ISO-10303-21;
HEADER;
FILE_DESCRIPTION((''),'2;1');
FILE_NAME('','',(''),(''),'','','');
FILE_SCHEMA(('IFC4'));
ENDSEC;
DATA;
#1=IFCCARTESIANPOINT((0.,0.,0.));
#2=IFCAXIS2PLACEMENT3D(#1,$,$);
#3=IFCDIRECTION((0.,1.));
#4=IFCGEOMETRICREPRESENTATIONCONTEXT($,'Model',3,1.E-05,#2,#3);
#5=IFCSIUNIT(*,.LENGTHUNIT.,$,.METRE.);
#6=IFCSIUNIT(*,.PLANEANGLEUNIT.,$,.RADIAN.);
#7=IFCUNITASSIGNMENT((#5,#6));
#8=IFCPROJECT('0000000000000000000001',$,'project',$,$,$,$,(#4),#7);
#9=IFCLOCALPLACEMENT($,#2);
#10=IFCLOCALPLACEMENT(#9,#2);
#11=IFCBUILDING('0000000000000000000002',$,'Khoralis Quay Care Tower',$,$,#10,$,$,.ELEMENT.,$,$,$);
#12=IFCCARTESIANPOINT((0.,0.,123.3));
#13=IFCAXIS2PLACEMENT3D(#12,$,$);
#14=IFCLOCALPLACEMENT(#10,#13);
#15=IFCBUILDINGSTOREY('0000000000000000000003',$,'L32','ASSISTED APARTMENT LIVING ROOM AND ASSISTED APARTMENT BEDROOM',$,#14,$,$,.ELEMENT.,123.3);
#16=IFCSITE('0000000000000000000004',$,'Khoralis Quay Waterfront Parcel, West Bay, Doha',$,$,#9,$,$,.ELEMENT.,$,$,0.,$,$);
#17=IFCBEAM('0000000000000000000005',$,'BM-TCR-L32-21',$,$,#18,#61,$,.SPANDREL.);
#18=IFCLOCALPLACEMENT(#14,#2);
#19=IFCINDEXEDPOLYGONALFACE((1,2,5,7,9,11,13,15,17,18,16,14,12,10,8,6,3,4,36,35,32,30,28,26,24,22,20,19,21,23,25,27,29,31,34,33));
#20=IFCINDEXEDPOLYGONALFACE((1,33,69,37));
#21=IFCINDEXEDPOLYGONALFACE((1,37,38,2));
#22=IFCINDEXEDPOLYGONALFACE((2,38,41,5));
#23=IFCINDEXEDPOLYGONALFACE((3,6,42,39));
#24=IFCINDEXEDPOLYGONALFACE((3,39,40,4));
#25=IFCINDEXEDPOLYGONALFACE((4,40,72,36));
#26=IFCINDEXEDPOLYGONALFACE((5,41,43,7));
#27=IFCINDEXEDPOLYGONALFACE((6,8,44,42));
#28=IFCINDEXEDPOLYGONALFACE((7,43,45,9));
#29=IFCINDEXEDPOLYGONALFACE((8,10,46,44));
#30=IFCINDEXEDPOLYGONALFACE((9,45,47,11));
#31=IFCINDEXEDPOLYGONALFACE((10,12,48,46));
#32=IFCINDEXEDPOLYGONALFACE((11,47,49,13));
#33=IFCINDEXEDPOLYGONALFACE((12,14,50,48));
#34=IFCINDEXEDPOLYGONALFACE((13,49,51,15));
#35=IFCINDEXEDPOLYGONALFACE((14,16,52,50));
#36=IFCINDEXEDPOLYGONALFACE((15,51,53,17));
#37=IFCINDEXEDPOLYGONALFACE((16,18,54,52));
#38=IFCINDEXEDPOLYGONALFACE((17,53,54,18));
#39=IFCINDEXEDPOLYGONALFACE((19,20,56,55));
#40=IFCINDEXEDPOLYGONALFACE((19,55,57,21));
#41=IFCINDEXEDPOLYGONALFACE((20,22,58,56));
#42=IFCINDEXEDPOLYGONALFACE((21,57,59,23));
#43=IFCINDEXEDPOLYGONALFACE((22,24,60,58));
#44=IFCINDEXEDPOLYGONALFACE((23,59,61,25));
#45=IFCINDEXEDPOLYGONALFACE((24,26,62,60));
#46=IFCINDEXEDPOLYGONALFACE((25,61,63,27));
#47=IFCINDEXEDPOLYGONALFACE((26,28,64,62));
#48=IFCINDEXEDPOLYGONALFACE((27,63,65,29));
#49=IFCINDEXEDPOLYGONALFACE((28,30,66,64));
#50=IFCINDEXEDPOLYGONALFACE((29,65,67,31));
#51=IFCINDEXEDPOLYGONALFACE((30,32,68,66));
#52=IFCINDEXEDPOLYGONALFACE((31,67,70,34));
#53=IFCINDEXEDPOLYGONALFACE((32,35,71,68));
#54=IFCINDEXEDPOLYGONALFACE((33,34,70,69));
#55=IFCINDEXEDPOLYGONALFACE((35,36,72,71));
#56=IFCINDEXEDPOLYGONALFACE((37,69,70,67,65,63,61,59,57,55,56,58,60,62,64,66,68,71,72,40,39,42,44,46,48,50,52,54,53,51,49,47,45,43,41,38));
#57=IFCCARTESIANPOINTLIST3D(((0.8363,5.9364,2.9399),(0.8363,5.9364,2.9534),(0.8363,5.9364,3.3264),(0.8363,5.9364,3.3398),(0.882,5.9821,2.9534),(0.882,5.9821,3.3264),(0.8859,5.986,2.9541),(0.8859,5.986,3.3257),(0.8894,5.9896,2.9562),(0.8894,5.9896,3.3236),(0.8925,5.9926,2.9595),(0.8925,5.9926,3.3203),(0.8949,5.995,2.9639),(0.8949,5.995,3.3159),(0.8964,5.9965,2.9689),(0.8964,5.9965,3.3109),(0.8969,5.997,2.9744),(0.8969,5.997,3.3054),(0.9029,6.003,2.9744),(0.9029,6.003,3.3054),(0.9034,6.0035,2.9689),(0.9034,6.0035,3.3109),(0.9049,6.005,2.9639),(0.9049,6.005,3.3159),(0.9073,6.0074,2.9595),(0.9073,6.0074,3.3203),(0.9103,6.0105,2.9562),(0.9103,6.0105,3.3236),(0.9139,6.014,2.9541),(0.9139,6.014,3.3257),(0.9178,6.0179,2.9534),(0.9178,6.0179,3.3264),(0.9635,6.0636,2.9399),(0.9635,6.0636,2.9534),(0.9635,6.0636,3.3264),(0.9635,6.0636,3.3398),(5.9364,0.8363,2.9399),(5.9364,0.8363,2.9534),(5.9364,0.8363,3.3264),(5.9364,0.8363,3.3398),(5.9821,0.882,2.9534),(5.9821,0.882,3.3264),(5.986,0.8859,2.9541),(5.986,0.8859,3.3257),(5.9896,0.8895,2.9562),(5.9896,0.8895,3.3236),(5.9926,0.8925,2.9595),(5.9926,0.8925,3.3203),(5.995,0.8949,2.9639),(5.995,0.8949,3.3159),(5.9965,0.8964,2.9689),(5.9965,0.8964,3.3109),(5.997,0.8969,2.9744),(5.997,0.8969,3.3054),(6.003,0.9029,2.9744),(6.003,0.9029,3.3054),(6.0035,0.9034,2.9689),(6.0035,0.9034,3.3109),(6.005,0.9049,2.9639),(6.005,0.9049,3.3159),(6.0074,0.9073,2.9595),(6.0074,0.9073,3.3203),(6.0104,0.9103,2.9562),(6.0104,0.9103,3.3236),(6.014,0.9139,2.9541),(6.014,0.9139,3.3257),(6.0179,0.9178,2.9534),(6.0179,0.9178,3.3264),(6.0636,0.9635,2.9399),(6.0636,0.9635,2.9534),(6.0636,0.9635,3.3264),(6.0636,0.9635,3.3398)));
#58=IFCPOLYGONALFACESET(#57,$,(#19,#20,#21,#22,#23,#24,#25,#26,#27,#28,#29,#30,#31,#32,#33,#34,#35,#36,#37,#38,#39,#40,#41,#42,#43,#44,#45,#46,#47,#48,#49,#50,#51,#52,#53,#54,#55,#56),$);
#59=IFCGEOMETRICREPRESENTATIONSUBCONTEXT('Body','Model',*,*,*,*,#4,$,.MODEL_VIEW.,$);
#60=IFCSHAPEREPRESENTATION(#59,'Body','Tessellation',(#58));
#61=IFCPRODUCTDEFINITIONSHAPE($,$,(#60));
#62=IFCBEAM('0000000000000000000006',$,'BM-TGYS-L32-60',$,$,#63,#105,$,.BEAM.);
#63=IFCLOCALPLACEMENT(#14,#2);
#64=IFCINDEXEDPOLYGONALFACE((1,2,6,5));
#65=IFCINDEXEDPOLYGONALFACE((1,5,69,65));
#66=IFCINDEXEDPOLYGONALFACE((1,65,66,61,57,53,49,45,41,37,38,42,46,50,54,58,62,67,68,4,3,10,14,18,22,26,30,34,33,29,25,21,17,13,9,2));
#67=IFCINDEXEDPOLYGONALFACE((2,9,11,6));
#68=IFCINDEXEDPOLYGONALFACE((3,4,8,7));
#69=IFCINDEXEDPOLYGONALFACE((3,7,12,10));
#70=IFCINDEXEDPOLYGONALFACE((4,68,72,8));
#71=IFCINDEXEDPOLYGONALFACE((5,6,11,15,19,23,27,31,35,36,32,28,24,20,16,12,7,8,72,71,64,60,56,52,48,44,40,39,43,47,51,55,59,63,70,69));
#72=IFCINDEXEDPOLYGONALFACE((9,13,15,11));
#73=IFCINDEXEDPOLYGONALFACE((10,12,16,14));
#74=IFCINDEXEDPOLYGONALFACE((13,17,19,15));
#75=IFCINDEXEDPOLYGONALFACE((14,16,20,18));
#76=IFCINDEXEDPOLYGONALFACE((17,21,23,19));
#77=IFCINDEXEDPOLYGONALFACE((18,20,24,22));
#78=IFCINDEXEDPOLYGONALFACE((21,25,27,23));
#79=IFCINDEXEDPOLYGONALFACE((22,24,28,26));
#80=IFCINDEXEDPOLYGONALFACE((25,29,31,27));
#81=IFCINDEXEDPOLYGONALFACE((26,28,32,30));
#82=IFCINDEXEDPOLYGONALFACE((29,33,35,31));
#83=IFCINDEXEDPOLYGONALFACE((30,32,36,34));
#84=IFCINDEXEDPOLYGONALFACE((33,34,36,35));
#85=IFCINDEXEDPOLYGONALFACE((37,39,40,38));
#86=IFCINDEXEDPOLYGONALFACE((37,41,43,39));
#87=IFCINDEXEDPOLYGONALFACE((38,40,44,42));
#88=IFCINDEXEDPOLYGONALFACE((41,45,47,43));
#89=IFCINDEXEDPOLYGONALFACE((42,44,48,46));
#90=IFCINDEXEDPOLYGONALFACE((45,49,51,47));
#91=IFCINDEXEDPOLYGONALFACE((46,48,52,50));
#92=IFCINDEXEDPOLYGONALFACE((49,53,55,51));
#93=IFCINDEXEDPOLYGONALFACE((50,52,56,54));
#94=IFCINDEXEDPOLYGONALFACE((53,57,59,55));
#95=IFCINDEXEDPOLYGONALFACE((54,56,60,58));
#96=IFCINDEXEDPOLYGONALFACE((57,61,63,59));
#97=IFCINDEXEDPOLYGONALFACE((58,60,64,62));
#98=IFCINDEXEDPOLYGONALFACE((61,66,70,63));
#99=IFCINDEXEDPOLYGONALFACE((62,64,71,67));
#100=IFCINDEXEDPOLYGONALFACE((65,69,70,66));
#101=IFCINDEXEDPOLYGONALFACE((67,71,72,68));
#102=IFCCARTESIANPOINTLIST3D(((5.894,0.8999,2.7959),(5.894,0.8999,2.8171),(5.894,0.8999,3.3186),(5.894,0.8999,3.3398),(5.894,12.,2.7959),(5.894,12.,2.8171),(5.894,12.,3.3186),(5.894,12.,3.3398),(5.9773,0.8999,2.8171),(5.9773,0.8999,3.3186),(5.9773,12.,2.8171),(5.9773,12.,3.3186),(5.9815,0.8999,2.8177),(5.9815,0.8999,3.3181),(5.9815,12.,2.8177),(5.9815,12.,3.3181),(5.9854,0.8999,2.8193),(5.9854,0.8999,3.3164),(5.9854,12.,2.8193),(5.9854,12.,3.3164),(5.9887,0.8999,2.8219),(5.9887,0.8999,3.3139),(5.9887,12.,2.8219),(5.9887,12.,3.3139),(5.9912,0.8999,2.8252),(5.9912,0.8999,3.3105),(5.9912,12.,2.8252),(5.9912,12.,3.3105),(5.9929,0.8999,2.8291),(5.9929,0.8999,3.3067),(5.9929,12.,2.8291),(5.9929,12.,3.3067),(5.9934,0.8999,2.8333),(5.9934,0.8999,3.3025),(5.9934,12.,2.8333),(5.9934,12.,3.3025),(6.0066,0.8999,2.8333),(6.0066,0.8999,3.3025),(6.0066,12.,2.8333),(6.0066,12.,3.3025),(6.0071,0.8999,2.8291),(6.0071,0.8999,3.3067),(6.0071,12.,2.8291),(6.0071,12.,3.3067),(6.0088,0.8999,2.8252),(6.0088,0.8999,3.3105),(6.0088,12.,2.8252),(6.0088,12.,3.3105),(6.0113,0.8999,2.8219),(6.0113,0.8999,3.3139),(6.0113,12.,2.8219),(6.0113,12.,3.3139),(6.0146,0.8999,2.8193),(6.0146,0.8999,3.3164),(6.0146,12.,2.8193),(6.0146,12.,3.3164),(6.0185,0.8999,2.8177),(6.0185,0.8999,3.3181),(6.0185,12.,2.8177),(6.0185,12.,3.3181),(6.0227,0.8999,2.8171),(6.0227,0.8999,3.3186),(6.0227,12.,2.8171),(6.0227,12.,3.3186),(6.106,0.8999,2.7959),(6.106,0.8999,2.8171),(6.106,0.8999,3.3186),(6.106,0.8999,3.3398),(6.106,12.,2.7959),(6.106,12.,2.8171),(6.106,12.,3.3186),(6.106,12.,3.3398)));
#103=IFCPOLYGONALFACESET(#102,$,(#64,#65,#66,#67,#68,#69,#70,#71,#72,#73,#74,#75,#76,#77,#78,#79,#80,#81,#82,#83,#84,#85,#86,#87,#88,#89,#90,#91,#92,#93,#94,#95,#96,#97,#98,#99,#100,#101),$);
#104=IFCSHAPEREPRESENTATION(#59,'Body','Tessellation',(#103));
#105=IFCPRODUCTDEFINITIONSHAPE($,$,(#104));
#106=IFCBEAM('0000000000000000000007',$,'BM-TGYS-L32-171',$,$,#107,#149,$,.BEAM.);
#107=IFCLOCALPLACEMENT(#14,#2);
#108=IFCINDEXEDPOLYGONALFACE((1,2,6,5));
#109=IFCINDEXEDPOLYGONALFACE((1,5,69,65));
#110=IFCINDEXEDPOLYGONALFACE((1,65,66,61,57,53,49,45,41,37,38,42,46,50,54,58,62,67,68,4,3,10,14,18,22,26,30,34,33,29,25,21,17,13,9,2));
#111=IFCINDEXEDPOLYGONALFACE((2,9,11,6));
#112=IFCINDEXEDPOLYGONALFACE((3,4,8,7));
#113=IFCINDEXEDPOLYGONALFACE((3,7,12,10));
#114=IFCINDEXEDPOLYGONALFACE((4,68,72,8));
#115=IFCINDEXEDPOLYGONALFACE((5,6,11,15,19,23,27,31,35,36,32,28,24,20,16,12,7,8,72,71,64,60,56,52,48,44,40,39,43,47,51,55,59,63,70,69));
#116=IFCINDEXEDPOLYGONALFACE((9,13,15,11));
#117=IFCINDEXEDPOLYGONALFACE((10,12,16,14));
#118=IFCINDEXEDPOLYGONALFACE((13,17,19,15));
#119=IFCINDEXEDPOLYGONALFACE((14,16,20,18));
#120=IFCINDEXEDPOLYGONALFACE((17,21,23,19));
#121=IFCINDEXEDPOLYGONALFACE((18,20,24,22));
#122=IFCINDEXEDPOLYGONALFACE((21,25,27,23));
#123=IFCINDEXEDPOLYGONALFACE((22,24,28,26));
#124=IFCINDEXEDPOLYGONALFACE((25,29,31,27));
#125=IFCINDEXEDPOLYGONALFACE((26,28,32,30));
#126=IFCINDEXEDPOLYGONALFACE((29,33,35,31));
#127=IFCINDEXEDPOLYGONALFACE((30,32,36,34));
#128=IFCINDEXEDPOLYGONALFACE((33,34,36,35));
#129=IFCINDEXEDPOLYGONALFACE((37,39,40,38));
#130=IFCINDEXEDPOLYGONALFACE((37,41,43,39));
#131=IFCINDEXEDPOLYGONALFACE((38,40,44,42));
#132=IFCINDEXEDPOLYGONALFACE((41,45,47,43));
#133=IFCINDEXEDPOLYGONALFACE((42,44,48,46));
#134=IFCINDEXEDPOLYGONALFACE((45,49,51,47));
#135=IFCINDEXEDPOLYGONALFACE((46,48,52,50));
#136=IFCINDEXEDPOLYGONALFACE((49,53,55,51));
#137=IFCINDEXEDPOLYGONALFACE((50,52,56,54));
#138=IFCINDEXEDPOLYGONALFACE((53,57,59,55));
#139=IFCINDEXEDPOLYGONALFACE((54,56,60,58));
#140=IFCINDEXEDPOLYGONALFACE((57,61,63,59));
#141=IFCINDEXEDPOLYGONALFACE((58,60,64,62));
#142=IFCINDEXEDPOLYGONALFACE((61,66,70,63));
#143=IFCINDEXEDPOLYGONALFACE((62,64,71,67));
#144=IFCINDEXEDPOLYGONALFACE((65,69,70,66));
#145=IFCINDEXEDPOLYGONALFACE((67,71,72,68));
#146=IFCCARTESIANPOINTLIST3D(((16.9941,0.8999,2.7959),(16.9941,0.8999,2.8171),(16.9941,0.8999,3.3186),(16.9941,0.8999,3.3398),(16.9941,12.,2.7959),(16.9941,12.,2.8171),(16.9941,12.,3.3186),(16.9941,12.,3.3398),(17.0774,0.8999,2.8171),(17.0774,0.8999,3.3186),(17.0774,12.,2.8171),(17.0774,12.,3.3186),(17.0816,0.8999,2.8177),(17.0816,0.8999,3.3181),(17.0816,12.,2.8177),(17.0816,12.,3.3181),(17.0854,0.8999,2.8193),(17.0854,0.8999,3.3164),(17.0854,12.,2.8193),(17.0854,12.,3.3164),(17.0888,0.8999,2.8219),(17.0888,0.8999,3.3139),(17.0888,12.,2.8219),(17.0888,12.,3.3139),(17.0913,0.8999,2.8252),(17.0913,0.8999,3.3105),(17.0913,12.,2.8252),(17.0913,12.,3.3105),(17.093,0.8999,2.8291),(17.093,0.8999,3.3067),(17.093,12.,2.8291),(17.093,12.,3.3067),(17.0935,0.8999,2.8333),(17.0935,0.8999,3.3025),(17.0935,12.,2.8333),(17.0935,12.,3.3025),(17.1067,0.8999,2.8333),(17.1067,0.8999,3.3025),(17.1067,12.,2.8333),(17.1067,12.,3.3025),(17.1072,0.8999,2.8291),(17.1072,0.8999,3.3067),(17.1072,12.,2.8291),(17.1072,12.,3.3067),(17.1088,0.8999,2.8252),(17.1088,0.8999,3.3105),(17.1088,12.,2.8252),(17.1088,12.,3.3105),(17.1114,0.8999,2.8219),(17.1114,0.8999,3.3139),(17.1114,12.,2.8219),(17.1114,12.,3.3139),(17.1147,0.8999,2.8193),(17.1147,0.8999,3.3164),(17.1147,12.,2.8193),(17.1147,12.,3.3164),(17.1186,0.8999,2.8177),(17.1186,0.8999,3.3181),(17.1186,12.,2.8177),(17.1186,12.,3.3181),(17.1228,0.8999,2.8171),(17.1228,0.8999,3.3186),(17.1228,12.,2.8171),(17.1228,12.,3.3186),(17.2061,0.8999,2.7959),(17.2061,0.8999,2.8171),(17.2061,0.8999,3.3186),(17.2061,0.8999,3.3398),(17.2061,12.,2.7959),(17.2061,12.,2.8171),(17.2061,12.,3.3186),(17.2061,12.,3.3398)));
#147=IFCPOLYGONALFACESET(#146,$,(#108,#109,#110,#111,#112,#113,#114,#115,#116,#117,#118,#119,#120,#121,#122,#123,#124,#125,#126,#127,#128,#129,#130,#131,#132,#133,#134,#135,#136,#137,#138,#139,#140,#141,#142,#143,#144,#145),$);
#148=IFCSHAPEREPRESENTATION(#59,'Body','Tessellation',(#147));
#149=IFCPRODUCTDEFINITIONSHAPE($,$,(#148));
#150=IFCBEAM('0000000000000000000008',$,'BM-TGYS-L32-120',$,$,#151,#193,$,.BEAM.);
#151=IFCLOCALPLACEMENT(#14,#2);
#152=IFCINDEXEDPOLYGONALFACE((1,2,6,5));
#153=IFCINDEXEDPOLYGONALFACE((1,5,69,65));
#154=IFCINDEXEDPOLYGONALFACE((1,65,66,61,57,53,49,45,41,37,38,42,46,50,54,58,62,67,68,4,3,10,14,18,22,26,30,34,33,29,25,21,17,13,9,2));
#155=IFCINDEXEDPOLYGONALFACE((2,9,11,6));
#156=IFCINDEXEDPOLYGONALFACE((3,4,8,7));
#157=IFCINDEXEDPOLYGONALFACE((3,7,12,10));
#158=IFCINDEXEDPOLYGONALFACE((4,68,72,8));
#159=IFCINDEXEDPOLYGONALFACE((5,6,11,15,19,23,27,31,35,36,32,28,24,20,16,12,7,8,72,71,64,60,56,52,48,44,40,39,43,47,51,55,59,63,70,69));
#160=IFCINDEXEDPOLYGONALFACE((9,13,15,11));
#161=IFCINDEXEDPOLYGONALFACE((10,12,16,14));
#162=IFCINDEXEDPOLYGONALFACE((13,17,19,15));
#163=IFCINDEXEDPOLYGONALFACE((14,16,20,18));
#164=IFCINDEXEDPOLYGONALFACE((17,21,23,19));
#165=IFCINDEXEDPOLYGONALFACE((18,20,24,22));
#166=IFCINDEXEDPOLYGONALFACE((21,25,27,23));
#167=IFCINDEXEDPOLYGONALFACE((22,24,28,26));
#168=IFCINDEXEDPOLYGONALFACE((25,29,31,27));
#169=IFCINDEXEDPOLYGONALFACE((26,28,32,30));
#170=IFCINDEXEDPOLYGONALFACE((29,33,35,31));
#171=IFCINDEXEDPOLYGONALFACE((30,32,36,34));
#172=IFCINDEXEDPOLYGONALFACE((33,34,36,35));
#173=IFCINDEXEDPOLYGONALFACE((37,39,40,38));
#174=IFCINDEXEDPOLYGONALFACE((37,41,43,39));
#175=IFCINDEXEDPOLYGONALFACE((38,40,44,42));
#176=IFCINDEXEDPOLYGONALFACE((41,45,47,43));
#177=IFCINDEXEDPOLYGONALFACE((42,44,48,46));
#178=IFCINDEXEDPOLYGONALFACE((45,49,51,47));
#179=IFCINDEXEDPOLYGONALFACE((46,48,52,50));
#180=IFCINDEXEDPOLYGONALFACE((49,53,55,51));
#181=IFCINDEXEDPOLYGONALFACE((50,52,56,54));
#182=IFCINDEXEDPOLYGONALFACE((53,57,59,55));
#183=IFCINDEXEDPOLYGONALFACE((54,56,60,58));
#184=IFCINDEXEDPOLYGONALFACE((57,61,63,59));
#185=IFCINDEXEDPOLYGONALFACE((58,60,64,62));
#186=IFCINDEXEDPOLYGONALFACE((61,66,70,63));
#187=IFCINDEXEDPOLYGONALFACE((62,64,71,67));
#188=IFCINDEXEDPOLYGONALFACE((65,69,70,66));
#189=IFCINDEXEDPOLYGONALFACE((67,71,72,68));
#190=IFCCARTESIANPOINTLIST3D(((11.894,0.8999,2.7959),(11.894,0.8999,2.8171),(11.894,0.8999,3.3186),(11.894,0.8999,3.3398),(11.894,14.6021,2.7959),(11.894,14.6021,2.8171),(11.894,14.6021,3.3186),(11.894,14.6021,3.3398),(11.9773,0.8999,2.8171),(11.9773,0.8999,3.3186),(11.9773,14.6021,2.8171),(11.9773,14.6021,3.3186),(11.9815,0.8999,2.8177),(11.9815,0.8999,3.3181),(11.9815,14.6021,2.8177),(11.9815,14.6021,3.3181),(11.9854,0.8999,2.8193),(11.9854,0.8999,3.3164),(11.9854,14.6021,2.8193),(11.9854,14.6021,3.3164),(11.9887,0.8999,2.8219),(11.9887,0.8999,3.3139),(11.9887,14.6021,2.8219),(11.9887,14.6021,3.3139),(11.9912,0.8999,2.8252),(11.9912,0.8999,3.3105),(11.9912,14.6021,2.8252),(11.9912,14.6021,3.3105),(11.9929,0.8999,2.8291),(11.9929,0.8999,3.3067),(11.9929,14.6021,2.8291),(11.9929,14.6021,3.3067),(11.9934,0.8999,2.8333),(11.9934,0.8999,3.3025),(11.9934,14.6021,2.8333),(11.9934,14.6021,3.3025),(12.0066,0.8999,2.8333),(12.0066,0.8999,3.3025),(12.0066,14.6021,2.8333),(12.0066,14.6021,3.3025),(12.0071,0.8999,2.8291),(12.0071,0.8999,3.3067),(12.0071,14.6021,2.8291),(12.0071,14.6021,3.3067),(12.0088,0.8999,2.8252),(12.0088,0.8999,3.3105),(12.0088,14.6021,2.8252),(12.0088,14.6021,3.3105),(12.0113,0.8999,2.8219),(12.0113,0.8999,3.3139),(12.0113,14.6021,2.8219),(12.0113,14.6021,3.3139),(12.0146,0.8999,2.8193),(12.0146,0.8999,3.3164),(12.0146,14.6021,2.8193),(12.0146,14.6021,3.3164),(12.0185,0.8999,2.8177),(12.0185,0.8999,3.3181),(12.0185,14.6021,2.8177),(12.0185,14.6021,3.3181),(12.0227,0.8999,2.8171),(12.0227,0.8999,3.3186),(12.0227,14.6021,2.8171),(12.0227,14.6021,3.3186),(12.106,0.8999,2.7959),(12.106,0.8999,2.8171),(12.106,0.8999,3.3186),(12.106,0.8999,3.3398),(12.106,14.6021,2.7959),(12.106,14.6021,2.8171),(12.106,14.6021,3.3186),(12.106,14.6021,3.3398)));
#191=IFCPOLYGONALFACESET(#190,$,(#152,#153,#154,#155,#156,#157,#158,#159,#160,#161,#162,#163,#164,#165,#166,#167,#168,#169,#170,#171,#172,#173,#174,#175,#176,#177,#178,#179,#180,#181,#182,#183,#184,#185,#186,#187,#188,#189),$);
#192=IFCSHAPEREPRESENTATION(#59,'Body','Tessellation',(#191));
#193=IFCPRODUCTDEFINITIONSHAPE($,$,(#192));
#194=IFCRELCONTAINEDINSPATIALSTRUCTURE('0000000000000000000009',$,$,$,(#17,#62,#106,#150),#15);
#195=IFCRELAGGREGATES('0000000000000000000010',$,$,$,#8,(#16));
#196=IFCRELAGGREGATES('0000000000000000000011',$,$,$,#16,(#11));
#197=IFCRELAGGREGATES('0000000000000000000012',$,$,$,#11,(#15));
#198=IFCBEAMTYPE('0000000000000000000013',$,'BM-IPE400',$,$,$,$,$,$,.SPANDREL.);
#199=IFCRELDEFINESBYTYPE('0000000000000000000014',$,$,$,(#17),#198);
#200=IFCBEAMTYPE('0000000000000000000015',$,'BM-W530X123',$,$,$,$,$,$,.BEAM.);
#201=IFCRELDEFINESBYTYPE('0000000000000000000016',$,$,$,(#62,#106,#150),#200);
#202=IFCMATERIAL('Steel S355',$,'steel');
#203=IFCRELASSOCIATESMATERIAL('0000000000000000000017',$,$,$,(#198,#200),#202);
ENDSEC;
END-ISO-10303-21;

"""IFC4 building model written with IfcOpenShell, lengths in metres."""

from ifc_helpers import new_model, si_unit, direction, frame, origin, origin_2d, place, context, subcontext, project, spatial, i_section, extrude, source, transform, mapped, material, material_profile, profile_set, type_object, element, save


model = new_model("IFC4")

# Units and contexts
model_context = context("Model", 3, precision=1e-05, world=origin(), true_north=direction((0.0, 1.0)))
body_context = subcontext(model_context, "Body", "Model", "MODEL_VIEW")
ifc_project = project(units=[si_unit("LENGTHUNIT", "METRE"), si_unit("PLANEANGLEUNIT", "RADIAN")], contexts=[model_context])

# Site, building, storey
site_placement = place(None, origin())
site = spatial("IfcSite", under=ifc_project, at=site_placement, Name="Khoralis Quay Waterfront Parcel, West Bay, Doha", CompositionType="ELEMENT", RefElevation=0.0)
building_placement = place(site_placement, origin())
building = spatial("IfcBuilding", under=site, at=building_placement, Name="Khoralis Quay Care Tower", CompositionType="ELEMENT")
storey_placement = place(building_placement, frame((0.0, 0.0, 123.3)))
storey = spatial("IfcBuildingStorey", under=building, at=storey_placement, Name="L32", Description="ASSISTED APARTMENT LIVING ROOM AND ASSISTED APARTMENT BEDROOM", CompositionType="ELEMENT", Elevation=123.3)

# Beams
ifc_material_1 = material(Name="Steel S355", Category="steel")
ifc_material_profile_1 = material_profile(ifc_material_1, i_section(OverallWidth=0.1799, OverallDepth=0.3999, WebThickness=0.0085, FlangeThickness=0.0134, FilletRadius=0.021, at=origin_2d()), Name="Steel S355")
ifc_profile_set_1 = profile_set([ifc_material_profile_1], Name="Steel S355")
beam_type_1 = type_object("IfcBeamType", Name="BM-IPE400", PredefinedType="SPANDREL", material=ifc_profile_set_1)
shared_shape_1 = source(origin(), body_context, "Body", "SweptSolid", [
    extrude(i_section(OverallWidth=0.1799, OverallDepth=0.3999, WebThickness=0.0085, FlangeThickness=0.0134, FilletRadius=0.021, at=origin_2d()), origin(), (0.0, 0.0, 1.0), 7.2126),
])
beam_1_placement = place(storey_placement, frame((6.0, 0.8999, 3.1399), z_axis=(-0.707107, 0.707107, 0.0), x_axis=(-0.707107, -0.707107, 0.0)))
element("IfcBeam", 1, at=beam_1_placement, inside=storey, type_object=beam_type_1, Name="BM-TCR-L32-21", PredefinedType="SPANDREL", context=body_context, shape_type="MappedRepresentation", body=[
    mapped(shared_shape_1, transform((0.0, 0.0, 0.0), scale=1.0)),
])
ifc_material_profile_2 = material_profile(ifc_material_1, i_section(OverallWidth=0.2119, OverallDepth=0.5439, WebThickness=0.0132, FlangeThickness=0.0212, FilletRadius=0.0161, at=origin_2d()), Name="Steel S355")
ifc_profile_set_2 = profile_set([ifc_material_profile_2], Name="Steel S355")
beam_type_2 = type_object("IfcBeamType", Name="BM-W530X123", PredefinedType="BEAM", material=ifc_profile_set_2)
shared_shape_2 = source(origin(), body_context, "Body", "SweptSolid", [
    extrude(i_section(OverallWidth=0.2119, OverallDepth=0.5439, WebThickness=0.0132, FlangeThickness=0.0212, FilletRadius=0.0161, at=origin_2d()), origin(), (0.0, 0.0, 1.0), 11.1001),
])
for number, where, z_axis, x_axis, name in (
    (2, (6.0, 0.8999, 3.0679), (0.0, 1.0, 0.0), (-1.0, 0.0, 0.0), "BM-TGYS-L32-60"),
    (3, (17.1001, 0.8999, 3.0679), (0.0, 1.0, 0.0), (-1.0, 0.0, 0.0), "BM-TGYS-L32-171"),
):
    element("IfcBeam", number, at=place(storey_placement, frame(where, z_axis=z_axis, x_axis=x_axis)), inside=storey, type_object=beam_type_2, Name=name, PredefinedType="BEAM", context=body_context, shape_type="MappedRepresentation", body=[
        mapped(shared_shape_2, transform((0.0, 0.0, 0.0), scale=1.0)),
    ])
shared_shape_3 = source(origin(), body_context, "Body", "SweptSolid", [
    extrude(i_section(OverallWidth=0.2119, OverallDepth=0.5439, WebThickness=0.0132, FlangeThickness=0.0212, FilletRadius=0.0161, at=origin_2d()), origin(), (0.0, 0.0, 1.0), 13.7021),
])
beam_2_placement = place(storey_placement, frame((12.0, 0.8999, 3.0679), z_axis=(0.0, 1.0, 0.0), x_axis=(-1.0, 0.0, 0.0)))
element("IfcBeam", 4, at=beam_2_placement, inside=storey, type_object=beam_type_2, Name="BM-TGYS-L32-120", PredefinedType="BEAM", context=body_context, shape_type="MappedRepresentation", body=[
    mapped(shared_shape_3, transform((0.0, 0.0, 0.0), scale=1.0)),
])

save(model, "model.ifc")
